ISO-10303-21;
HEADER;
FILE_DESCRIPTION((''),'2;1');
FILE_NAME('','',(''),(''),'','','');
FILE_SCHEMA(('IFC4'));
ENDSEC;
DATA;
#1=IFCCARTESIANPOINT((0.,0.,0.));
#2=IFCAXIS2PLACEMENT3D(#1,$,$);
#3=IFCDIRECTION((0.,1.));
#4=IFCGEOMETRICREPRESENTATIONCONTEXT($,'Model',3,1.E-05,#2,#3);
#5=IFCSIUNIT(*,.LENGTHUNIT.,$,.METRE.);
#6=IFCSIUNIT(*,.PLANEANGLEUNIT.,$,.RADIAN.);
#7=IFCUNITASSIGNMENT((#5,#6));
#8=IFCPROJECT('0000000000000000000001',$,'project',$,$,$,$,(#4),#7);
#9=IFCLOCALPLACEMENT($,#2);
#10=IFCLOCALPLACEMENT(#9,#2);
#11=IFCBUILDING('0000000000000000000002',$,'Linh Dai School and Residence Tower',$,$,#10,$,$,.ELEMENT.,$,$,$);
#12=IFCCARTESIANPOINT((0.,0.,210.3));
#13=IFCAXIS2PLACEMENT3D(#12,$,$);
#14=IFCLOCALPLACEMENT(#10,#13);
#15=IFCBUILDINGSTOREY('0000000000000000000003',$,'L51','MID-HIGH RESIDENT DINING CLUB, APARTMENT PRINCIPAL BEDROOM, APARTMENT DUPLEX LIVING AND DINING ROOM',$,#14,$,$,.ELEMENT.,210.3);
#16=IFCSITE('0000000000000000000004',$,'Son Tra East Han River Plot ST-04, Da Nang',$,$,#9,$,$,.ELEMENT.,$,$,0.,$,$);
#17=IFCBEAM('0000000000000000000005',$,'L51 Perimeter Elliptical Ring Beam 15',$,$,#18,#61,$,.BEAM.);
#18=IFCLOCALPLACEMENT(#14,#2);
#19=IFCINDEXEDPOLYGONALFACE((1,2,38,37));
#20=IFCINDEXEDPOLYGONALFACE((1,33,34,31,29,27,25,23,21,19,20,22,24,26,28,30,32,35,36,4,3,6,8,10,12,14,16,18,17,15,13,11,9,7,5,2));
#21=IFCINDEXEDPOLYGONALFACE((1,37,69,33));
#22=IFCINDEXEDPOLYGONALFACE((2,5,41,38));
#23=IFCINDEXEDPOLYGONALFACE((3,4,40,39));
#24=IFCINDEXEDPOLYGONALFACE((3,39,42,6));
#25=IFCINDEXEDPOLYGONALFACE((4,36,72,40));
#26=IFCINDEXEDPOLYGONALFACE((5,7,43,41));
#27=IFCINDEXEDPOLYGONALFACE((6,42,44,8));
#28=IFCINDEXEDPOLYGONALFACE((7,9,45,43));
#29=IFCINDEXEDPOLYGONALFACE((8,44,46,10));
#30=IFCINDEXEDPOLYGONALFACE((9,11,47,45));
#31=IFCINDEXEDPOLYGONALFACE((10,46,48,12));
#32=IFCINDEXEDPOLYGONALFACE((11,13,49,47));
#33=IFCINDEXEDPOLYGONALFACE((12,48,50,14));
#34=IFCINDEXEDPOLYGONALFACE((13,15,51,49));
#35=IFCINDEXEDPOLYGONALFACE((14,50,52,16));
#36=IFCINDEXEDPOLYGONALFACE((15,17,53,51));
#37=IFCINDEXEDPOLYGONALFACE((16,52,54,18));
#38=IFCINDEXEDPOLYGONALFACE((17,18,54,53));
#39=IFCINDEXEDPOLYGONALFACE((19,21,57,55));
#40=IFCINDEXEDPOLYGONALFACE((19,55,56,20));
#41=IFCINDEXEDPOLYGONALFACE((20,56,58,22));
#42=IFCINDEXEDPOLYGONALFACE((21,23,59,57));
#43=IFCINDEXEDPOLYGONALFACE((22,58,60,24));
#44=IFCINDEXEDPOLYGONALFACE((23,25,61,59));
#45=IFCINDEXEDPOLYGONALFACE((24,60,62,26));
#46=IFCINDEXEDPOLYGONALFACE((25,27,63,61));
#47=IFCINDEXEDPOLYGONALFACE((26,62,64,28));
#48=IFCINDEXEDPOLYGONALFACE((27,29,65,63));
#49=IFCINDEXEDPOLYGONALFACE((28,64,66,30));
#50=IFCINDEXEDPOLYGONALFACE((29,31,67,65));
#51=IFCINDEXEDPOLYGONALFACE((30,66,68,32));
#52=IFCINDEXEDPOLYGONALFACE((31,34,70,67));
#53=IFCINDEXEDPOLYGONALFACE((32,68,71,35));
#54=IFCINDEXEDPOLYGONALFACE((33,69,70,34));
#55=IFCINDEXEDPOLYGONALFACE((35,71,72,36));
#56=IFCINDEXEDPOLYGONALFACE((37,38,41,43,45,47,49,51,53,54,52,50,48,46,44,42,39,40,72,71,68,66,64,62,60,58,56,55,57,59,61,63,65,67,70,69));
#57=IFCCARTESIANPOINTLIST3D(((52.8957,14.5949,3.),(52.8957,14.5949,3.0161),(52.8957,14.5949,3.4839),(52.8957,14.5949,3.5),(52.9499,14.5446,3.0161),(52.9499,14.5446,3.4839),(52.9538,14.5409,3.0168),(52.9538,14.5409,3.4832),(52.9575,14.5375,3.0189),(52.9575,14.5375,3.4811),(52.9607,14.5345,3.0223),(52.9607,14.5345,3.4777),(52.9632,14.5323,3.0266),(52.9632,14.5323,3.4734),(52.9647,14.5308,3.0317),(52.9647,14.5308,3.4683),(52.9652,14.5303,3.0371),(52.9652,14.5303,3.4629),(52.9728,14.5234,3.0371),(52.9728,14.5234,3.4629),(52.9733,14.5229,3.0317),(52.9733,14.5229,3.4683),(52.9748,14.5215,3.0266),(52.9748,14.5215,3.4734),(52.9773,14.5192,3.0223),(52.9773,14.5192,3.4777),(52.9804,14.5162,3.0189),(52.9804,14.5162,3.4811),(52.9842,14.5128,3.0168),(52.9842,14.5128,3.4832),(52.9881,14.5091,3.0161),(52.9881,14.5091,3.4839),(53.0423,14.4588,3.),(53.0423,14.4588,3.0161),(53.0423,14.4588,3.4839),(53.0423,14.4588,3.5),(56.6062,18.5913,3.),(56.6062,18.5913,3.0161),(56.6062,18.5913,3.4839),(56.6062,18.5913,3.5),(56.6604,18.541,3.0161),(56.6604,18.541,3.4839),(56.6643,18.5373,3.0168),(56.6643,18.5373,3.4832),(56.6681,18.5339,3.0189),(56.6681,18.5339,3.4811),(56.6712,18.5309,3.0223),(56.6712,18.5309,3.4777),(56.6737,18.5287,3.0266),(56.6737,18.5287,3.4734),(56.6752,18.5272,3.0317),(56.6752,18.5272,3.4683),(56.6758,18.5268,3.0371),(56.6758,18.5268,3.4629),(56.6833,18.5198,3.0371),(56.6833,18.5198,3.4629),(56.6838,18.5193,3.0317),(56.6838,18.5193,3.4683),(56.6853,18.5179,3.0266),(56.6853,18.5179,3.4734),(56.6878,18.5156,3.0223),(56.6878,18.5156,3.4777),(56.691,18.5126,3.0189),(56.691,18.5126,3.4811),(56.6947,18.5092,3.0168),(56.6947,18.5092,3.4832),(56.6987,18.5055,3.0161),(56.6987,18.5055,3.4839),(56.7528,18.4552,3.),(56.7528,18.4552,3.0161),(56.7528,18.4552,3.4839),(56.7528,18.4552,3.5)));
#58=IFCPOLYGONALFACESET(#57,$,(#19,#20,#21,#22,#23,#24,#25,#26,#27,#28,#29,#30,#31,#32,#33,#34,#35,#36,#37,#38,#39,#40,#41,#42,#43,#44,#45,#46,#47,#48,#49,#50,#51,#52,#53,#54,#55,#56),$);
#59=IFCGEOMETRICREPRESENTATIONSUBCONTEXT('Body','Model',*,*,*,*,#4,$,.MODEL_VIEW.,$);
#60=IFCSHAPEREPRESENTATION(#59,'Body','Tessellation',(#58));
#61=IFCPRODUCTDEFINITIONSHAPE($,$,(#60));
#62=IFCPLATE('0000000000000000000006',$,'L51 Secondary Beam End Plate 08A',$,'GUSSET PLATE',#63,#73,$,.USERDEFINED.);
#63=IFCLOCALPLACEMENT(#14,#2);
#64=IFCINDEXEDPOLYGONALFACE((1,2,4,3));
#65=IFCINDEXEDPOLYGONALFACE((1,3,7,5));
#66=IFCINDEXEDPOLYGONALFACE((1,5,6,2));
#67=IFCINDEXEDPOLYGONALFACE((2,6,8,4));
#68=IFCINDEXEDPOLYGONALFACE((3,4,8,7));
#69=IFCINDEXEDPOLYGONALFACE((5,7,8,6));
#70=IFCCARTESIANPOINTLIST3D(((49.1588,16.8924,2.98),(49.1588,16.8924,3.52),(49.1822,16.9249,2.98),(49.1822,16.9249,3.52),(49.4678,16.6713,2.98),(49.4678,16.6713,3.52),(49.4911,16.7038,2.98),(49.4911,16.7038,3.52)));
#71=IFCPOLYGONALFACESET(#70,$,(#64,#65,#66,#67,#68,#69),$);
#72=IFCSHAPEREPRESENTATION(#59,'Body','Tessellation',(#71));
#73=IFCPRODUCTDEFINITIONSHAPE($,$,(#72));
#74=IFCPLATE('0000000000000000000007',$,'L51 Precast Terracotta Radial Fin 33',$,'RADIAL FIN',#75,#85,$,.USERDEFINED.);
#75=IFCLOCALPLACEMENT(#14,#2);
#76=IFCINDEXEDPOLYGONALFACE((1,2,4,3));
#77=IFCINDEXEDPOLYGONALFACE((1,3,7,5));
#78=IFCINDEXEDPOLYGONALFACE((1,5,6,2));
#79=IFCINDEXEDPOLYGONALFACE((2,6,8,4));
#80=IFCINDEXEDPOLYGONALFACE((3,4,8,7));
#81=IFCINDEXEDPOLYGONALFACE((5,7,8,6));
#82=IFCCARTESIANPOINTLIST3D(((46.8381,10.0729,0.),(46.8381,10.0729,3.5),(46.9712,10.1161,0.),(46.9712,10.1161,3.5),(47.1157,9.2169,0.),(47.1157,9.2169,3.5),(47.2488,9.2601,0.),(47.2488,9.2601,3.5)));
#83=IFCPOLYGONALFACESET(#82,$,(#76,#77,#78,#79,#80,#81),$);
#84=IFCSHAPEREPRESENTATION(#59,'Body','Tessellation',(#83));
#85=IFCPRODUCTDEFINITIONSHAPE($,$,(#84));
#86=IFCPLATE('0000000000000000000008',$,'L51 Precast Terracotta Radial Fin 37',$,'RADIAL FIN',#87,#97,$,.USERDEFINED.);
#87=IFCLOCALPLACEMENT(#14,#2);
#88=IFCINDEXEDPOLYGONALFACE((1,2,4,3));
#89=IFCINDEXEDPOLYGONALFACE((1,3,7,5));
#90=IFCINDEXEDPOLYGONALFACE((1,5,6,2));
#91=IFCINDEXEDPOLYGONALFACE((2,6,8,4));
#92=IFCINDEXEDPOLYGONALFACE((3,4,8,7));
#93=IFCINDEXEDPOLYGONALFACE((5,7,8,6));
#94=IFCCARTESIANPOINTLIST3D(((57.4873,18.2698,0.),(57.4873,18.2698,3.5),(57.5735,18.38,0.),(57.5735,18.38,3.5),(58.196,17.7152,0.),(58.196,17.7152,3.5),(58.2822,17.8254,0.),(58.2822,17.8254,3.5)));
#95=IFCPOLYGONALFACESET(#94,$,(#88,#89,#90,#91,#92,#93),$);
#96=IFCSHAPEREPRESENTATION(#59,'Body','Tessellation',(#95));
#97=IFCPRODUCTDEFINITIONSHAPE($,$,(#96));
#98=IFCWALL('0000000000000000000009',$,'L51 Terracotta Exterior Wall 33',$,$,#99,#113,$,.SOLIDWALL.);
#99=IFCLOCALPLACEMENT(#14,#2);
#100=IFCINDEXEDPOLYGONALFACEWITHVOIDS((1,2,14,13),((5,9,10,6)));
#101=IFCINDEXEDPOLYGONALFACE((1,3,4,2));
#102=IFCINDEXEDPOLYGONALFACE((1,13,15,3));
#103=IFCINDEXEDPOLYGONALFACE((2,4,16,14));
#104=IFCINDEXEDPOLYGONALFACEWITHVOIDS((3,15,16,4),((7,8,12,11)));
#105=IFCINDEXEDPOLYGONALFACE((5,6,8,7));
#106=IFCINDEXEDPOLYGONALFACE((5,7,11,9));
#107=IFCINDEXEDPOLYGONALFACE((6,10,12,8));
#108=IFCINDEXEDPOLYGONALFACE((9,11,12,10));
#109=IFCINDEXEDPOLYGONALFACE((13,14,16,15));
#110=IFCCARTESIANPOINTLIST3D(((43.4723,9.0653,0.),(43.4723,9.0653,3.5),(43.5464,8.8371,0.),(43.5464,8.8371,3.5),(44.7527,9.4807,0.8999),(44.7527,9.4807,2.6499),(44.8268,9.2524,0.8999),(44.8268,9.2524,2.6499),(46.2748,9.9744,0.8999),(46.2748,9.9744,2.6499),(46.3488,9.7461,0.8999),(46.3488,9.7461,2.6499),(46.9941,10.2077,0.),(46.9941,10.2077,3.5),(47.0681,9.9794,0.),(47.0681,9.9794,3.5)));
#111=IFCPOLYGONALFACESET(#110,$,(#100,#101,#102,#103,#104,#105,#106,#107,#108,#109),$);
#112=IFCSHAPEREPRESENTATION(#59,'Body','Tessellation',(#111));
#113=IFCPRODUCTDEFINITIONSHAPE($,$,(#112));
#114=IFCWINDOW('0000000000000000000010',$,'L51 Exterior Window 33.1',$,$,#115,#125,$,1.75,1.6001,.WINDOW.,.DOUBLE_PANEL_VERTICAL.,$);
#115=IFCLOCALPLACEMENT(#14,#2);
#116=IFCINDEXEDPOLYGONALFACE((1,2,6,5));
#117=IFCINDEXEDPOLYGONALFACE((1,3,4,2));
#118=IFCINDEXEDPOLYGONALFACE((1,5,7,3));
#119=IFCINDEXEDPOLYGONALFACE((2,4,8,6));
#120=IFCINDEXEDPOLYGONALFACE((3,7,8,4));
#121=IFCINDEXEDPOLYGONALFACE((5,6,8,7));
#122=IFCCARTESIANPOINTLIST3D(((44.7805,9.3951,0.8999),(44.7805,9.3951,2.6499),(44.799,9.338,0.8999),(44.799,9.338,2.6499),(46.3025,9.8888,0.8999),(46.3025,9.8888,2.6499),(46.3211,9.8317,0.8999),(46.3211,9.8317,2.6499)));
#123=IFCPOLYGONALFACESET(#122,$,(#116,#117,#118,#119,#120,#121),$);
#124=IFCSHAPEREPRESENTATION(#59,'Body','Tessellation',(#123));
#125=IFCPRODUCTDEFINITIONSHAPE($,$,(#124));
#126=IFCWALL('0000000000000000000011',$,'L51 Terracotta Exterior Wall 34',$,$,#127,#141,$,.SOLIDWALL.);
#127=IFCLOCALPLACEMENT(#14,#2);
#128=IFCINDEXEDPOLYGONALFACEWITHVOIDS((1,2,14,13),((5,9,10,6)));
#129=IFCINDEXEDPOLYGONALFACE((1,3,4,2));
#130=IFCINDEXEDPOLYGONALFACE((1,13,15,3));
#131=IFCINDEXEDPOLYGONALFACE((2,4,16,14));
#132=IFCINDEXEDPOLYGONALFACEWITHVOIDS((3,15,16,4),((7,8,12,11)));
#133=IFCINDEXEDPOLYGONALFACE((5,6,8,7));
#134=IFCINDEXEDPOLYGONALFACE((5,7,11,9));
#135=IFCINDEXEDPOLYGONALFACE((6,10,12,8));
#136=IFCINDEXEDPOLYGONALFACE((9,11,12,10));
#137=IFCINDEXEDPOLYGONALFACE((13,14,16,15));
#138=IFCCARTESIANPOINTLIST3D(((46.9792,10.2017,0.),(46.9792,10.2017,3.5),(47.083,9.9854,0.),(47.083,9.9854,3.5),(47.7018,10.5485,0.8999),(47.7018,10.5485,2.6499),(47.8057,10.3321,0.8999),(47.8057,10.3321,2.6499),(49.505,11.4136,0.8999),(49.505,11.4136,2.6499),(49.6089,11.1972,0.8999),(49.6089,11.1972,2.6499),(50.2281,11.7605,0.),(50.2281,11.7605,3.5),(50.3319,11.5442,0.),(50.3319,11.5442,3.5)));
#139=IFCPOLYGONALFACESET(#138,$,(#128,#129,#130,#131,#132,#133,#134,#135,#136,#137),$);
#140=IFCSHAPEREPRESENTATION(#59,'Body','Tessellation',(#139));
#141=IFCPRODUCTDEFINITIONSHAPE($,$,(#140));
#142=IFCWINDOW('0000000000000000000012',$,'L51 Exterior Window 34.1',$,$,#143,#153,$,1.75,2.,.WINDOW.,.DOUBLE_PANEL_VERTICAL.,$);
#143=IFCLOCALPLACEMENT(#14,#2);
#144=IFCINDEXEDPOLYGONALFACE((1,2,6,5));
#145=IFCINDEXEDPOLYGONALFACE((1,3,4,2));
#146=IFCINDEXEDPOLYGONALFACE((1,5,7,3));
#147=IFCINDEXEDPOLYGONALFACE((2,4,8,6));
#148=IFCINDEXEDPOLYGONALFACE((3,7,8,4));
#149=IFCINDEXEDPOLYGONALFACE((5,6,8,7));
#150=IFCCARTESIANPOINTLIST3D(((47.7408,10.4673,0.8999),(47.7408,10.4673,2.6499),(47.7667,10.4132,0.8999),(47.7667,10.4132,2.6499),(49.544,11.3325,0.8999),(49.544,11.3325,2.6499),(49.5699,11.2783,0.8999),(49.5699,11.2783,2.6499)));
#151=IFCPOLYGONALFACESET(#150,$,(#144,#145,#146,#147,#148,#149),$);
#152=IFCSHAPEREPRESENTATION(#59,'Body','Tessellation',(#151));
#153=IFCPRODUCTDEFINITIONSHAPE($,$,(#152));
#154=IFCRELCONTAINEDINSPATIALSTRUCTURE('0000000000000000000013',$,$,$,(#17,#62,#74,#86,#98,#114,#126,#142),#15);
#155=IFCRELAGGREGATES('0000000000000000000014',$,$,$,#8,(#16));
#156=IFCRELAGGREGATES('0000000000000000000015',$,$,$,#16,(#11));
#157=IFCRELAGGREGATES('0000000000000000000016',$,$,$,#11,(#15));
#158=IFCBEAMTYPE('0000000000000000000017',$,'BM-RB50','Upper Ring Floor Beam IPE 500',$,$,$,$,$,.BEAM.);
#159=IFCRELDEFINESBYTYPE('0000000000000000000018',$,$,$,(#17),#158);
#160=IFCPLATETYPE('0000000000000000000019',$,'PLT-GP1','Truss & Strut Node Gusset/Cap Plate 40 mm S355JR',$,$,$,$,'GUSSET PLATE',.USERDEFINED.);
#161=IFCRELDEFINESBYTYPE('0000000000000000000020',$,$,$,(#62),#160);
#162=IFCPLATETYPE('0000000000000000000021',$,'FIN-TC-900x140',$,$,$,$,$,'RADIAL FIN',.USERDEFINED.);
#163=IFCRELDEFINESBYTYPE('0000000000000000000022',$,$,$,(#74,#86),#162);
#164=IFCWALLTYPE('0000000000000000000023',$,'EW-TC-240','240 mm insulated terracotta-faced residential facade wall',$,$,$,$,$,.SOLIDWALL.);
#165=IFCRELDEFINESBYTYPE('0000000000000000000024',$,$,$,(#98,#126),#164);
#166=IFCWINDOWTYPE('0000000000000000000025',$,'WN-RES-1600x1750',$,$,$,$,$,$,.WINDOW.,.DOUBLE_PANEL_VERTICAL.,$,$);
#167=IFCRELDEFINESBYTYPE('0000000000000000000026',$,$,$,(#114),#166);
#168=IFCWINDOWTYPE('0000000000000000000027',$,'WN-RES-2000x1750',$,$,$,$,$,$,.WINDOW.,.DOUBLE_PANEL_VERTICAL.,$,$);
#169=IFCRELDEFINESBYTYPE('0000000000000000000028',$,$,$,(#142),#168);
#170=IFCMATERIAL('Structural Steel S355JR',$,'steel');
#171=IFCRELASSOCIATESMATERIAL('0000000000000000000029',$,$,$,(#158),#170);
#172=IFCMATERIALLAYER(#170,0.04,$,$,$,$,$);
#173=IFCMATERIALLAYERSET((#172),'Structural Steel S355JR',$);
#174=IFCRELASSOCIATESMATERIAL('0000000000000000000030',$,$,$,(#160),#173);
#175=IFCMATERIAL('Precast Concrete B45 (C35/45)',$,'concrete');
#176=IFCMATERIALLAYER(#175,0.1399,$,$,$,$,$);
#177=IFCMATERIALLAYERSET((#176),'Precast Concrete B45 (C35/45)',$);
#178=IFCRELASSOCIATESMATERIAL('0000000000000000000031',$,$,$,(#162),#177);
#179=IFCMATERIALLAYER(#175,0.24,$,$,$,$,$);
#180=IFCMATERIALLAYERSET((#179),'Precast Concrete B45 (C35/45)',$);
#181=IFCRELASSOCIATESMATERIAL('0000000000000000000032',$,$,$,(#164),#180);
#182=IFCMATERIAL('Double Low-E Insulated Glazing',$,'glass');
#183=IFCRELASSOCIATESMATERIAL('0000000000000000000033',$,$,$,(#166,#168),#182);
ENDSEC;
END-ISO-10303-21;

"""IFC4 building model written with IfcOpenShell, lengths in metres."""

from ifc_helpers import new_model, si_unit, direction, frame, frame_2d, origin, origin_2d, place, context, subcontext, project, spatial, rectangle, i_section, extrude, source, transform, mapped, material, layer, layer_set, material_profile, profile_set, type_object, element, fill, save


model = new_model("IFC4")

# Units and contexts
model_context = context("Model", 3, precision=1e-05, world=origin(), true_north=direction((0.0, 1.0)))
body_context = subcontext(model_context, "Body", "Model", "MODEL_VIEW")
ifc_project = project(units=[si_unit("LENGTHUNIT", "METRE"), si_unit("PLANEANGLEUNIT", "RADIAN")], contexts=[model_context])

# Site, building, storey
site_placement = place(None, origin())
site = spatial("IfcSite", under=ifc_project, at=site_placement, Name="Son Tra East Han River Plot ST-04, Da Nang", CompositionType="ELEMENT", RefElevation=0.0)
building_placement = place(site_placement, origin())
building = spatial("IfcBuilding", under=site, at=building_placement, Name="Linh Dai School and Residence Tower", CompositionType="ELEMENT")
storey_placement = place(building_placement, frame((0.0, 0.0, 210.3)))
storey = spatial("IfcBuildingStorey", under=building, at=storey_placement, Name="L51", Description="MID-HIGH RESIDENT DINING CLUB, APARTMENT PRINCIPAL BEDROOM, APARTMENT DUPLEX LIVING AND DINING ROOM", CompositionType="ELEMENT", Elevation=210.3)

# Shared definitions
ifc_material_1 = material(Name="Structural Steel S355JR", Category="steel")

# Beam
ifc_material_profile_1 = material_profile(ifc_material_1, i_section(OverallWidth=0.2, OverallDepth=0.5, WebThickness=0.0103, FlangeThickness=0.0161, FilletRadius=0.021, at=origin_2d()), Name="IPE 500")
ifc_profile_set_1 = profile_set([ifc_material_profile_1], Name="Structural Steel S355JR")
beam_type_1 = type_object("IfcBeamType", Name="BM-RB50", Description="Upper Ring Floor Beam IPE 500", PredefinedType="BEAM", material=ifc_profile_set_1)
beam_1_placement = place(storey_placement, frame((52.969, 14.5269, 3.25), z_axis=(0.680408, 0.732833, 0.0), x_axis=(-0.732833, 0.680408, 0.0)))
element("IfcBeam", 1, at=beam_1_placement, inside=storey, type_object=beam_type_1, Name="L51 Perimeter Elliptical Ring Beam 15", PredefinedType="BEAM", context=body_context, shape_type="SweptSolid", body=[
    extrude(i_section(OverallWidth=0.2, OverallDepth=0.5, WebThickness=0.0103, FlangeThickness=0.0161, FilletRadius=0.021, at=origin_2d()), origin(), (0.0, 0.0, 1.0), 5.4534),
])

# Plates
ifc_layer_1 = layer(ifc_material_1, 0.04)
ifc_layer_set_1 = layer_set([ifc_layer_1], Name="Structural Steel S355JR")
plate_type_1 = type_object("IfcPlateType", Name="PLT-GP1", Description="Truss & Strut Node Gusset/Cap Plate 40 mm S355JR", ElementType="GUSSET PLATE", PredefinedType="USERDEFINED", material=ifc_layer_set_1)
shared_shape_1 = source(origin(), body_context, "Body", "SweptSolid", [
    extrude(rectangle(XDim=0.04, YDim=0.3799, at=origin_2d()), origin(), (0.0, 0.0, 1.0), 0.54),
])
plate_placement = place(storey_placement, frame((49.325, 16.7981, 2.98), z_axis=(0.0, 0.0, 1.0), x_axis=(0.58204, 0.81316, 0.0)))
element("IfcPlate", 2, at=plate_placement, inside=storey, type_object=plate_type_1, Name="L51 Secondary Beam End Plate 08A", ObjectType="GUSSET PLATE", PredefinedType="USERDEFINED", context=body_context, shape_type="MappedRepresentation", body=[
    mapped(shared_shape_1, transform((0.0, 0.0, 0.0), x_axis=(1.0, 0.0, 0.0), y_axis=(0.0, 1.0, 0.0), z_axis=(0.0, 0.0, 1.0), scale=1.0)),
])
ifc_material_2 = material(Name="Precast Concrete B45 (C35/45)", Category="concrete")
ifc_layer_2 = layer(ifc_material_2, 0.1399)
ifc_layer_set_2 = layer_set([ifc_layer_2], Name="Precast Concrete B45 (C35/45)")
plate_type_2 = type_object("IfcPlateType", Name="FIN-TC-900x140", ElementType="RADIAL FIN", PredefinedType="USERDEFINED", material=ifc_layer_set_2)
shared_shape_2 = source(origin(), body_context, "Body", "SweptSolid", [
    extrude(rectangle(XDim=0.8999, YDim=0.1399, at=origin_2d()), origin(), (0.0, 0.0, 1.0), 3.5),
])
for number, where, z_axis, x_axis, name in (
    (3, (47.0435, 9.6665, 0.0), (0.0, 0.0, 1.0), (0.308501, -0.951224, 0.0), "L51 Precast Terracotta Radial Fin 33"),
    (4, (57.8848, 18.0476, 0.0), (0.0, 0.0, 1.0), (0.787485, -0.616334, 0.0), "L51 Precast Terracotta Radial Fin 37"),
):
    element("IfcPlate", number, at=place(storey_placement, frame(where, z_axis=z_axis, x_axis=x_axis)), inside=storey, type_object=plate_type_2, Name=name, ObjectType="RADIAL FIN", PredefinedType="USERDEFINED", context=body_context, shape_type="MappedRepresentation", body=[
        mapped(shared_shape_2, transform((0.0, 0.0, 0.0), x_axis=(1.0, 0.0, 0.0), y_axis=(0.0, 1.0, 0.0), z_axis=(0.0, 0.0, 1.0), scale=1.0)),
    ])

# Walls, openings, windows
ifc_layer_3 = layer(ifc_material_2, 0.24)
ifc_layer_set_3 = layer_set([ifc_layer_3], Name="Precast Concrete B45 (C35/45)")
wall_type_1 = type_object("IfcWallType", Name="EW-TC-240", Description="240 mm insulated terracotta-faced residential facade wall", PredefinedType="SOLIDWALL", material=ifc_layer_set_3)
wall_1_placement = place(storey_placement, frame((47.031, 10.0935, 0.0), z_axis=(0.0, 0.0, 1.0), x_axis=(-0.951211, -0.308542, 0.0)))
wall_1 = element("IfcWall", 5, at=wall_1_placement, inside=storey, type_object=wall_type_1, Name="L51 Terracotta Exterior Wall 33", PredefinedType="SOLIDWALL", context=body_context, shape_type="SweptSolid", body=[
    extrude(rectangle(XDim=3.7024, YDim=0.24, at=frame_2d((1.8511, 0.0))), origin(), (0.0, 0.0, 1.0), 3.5),
])
opening_1_placement = place(wall_1_placement, frame((0.7561, 0.0, 0.8999)))
opening_1 = element("IfcOpeningElement", 6, at=opening_1_placement, cuts=wall_1, PredefinedType="OPENING", context=body_context, shape_type="SweptSolid", body=[
    extrude(rectangle(XDim=1.6001, YDim=1.75, at=origin_2d()), frame((0.8, 0.1299, 0.875), z_axis=(0.0, -1.0, 0.0), x_axis=(1.0, 0.0, 0.0)), (0.0, 0.0, 1.0), 0.26),
])
ifc_material_3 = material(Name="Double Low-E Insulated Glazing", Category="glass")
window_type_1 = type_object("IfcWindowType", Name="WN-RES-1600x1750", PartitioningType="DOUBLE_PANEL_VERTICAL", PredefinedType="WINDOW", material=ifc_material_3)
shared_shape_3 = source(origin(), body_context, "Body", "SweptSolid", [
    extrude(rectangle(XDim=1.6001, YDim=1.75, at=origin_2d()), frame((0.8, 0.03, 0.875), z_axis=(0.0, -1.0, 0.0), x_axis=(1.0, 0.0, 0.0)), (0.0, 0.0, 1.0), 0.0601),
])
window_1_placement = place(opening_1_placement, origin())
window_1 = element("IfcWindow", 7, at=window_1_placement, inside=storey, type_object=window_type_1, Name="L51 Exterior Window 33.1", OverallHeight=1.75, OverallWidth=1.6001, PartitioningType="DOUBLE_PANEL_VERTICAL", PredefinedType="WINDOW", context=body_context, shape_type="MappedRepresentation", body=[
    mapped(shared_shape_3, transform((0.0, 0.0, 0.0), x_axis=(1.0, 0.0, 0.0), y_axis=(0.0, 1.0, 0.0), z_axis=(0.0, 0.0, 1.0), scale=1.0)),
])
fill(opening_1, window_1)
wall_2_placement = place(storey_placement, frame((50.28, 11.6523, 0.0), z_axis=(0.0, 0.0, 1.0), x_axis=(-0.901598, -0.432575, 0.0)))
wall_2 = element("IfcWall", 8, at=wall_2_placement, inside=storey, type_object=wall_type_1, Name="L51 Terracotta Exterior Wall 34", PredefinedType="SOLIDWALL", context=body_context, shape_type="SweptSolid", body=[
    extrude(rectangle(XDim=3.6035, YDim=0.24, at=frame_2d((1.8018, 0.0))), origin(), (0.0, 0.0, 1.0), 3.5),
])
opening_2_placement = place(wall_2_placement, frame((0.802, 0.0, 0.8999)))
opening_2 = element("IfcOpeningElement", 9, at=opening_2_placement, cuts=wall_2, PredefinedType="OPENING", context=body_context, shape_type="SweptSolid", body=[
    extrude(rectangle(XDim=2.0, YDim=1.75, at=origin_2d()), frame((1.0, 0.1299, 0.875), z_axis=(0.0, -1.0, 0.0), x_axis=(1.0, 0.0, 0.0)), (0.0, 0.0, 1.0), 0.26),
])
window_type_2 = type_object("IfcWindowType", Name="WN-RES-2000x1750", PartitioningType="DOUBLE_PANEL_VERTICAL", PredefinedType="WINDOW", material=ifc_material_3)
shared_shape_4 = source(origin(), body_context, "Body", "SweptSolid", [
    extrude(rectangle(XDim=2.0, YDim=1.75, at=origin_2d()), frame((1.0, 0.03, 0.875), z_axis=(0.0, -1.0, 0.0), x_axis=(1.0, 0.0, 0.0)), (0.0, 0.0, 1.0), 0.0601),
])
window_2_placement = place(opening_2_placement, origin())
window_2 = element("IfcWindow", 10, at=window_2_placement, inside=storey, type_object=window_type_2, Name="L51 Exterior Window 34.1", OverallHeight=1.75, OverallWidth=2.0, PartitioningType="DOUBLE_PANEL_VERTICAL", PredefinedType="WINDOW", context=body_context, shape_type="MappedRepresentation", body=[
    mapped(shared_shape_4, transform((0.0, 0.0, 0.0), x_axis=(1.0, 0.0, 0.0), y_axis=(0.0, 1.0, 0.0), z_axis=(0.0, 0.0, 1.0), scale=1.0)),
])
fill(opening_2, window_2)

save(model, "model.ifc")
